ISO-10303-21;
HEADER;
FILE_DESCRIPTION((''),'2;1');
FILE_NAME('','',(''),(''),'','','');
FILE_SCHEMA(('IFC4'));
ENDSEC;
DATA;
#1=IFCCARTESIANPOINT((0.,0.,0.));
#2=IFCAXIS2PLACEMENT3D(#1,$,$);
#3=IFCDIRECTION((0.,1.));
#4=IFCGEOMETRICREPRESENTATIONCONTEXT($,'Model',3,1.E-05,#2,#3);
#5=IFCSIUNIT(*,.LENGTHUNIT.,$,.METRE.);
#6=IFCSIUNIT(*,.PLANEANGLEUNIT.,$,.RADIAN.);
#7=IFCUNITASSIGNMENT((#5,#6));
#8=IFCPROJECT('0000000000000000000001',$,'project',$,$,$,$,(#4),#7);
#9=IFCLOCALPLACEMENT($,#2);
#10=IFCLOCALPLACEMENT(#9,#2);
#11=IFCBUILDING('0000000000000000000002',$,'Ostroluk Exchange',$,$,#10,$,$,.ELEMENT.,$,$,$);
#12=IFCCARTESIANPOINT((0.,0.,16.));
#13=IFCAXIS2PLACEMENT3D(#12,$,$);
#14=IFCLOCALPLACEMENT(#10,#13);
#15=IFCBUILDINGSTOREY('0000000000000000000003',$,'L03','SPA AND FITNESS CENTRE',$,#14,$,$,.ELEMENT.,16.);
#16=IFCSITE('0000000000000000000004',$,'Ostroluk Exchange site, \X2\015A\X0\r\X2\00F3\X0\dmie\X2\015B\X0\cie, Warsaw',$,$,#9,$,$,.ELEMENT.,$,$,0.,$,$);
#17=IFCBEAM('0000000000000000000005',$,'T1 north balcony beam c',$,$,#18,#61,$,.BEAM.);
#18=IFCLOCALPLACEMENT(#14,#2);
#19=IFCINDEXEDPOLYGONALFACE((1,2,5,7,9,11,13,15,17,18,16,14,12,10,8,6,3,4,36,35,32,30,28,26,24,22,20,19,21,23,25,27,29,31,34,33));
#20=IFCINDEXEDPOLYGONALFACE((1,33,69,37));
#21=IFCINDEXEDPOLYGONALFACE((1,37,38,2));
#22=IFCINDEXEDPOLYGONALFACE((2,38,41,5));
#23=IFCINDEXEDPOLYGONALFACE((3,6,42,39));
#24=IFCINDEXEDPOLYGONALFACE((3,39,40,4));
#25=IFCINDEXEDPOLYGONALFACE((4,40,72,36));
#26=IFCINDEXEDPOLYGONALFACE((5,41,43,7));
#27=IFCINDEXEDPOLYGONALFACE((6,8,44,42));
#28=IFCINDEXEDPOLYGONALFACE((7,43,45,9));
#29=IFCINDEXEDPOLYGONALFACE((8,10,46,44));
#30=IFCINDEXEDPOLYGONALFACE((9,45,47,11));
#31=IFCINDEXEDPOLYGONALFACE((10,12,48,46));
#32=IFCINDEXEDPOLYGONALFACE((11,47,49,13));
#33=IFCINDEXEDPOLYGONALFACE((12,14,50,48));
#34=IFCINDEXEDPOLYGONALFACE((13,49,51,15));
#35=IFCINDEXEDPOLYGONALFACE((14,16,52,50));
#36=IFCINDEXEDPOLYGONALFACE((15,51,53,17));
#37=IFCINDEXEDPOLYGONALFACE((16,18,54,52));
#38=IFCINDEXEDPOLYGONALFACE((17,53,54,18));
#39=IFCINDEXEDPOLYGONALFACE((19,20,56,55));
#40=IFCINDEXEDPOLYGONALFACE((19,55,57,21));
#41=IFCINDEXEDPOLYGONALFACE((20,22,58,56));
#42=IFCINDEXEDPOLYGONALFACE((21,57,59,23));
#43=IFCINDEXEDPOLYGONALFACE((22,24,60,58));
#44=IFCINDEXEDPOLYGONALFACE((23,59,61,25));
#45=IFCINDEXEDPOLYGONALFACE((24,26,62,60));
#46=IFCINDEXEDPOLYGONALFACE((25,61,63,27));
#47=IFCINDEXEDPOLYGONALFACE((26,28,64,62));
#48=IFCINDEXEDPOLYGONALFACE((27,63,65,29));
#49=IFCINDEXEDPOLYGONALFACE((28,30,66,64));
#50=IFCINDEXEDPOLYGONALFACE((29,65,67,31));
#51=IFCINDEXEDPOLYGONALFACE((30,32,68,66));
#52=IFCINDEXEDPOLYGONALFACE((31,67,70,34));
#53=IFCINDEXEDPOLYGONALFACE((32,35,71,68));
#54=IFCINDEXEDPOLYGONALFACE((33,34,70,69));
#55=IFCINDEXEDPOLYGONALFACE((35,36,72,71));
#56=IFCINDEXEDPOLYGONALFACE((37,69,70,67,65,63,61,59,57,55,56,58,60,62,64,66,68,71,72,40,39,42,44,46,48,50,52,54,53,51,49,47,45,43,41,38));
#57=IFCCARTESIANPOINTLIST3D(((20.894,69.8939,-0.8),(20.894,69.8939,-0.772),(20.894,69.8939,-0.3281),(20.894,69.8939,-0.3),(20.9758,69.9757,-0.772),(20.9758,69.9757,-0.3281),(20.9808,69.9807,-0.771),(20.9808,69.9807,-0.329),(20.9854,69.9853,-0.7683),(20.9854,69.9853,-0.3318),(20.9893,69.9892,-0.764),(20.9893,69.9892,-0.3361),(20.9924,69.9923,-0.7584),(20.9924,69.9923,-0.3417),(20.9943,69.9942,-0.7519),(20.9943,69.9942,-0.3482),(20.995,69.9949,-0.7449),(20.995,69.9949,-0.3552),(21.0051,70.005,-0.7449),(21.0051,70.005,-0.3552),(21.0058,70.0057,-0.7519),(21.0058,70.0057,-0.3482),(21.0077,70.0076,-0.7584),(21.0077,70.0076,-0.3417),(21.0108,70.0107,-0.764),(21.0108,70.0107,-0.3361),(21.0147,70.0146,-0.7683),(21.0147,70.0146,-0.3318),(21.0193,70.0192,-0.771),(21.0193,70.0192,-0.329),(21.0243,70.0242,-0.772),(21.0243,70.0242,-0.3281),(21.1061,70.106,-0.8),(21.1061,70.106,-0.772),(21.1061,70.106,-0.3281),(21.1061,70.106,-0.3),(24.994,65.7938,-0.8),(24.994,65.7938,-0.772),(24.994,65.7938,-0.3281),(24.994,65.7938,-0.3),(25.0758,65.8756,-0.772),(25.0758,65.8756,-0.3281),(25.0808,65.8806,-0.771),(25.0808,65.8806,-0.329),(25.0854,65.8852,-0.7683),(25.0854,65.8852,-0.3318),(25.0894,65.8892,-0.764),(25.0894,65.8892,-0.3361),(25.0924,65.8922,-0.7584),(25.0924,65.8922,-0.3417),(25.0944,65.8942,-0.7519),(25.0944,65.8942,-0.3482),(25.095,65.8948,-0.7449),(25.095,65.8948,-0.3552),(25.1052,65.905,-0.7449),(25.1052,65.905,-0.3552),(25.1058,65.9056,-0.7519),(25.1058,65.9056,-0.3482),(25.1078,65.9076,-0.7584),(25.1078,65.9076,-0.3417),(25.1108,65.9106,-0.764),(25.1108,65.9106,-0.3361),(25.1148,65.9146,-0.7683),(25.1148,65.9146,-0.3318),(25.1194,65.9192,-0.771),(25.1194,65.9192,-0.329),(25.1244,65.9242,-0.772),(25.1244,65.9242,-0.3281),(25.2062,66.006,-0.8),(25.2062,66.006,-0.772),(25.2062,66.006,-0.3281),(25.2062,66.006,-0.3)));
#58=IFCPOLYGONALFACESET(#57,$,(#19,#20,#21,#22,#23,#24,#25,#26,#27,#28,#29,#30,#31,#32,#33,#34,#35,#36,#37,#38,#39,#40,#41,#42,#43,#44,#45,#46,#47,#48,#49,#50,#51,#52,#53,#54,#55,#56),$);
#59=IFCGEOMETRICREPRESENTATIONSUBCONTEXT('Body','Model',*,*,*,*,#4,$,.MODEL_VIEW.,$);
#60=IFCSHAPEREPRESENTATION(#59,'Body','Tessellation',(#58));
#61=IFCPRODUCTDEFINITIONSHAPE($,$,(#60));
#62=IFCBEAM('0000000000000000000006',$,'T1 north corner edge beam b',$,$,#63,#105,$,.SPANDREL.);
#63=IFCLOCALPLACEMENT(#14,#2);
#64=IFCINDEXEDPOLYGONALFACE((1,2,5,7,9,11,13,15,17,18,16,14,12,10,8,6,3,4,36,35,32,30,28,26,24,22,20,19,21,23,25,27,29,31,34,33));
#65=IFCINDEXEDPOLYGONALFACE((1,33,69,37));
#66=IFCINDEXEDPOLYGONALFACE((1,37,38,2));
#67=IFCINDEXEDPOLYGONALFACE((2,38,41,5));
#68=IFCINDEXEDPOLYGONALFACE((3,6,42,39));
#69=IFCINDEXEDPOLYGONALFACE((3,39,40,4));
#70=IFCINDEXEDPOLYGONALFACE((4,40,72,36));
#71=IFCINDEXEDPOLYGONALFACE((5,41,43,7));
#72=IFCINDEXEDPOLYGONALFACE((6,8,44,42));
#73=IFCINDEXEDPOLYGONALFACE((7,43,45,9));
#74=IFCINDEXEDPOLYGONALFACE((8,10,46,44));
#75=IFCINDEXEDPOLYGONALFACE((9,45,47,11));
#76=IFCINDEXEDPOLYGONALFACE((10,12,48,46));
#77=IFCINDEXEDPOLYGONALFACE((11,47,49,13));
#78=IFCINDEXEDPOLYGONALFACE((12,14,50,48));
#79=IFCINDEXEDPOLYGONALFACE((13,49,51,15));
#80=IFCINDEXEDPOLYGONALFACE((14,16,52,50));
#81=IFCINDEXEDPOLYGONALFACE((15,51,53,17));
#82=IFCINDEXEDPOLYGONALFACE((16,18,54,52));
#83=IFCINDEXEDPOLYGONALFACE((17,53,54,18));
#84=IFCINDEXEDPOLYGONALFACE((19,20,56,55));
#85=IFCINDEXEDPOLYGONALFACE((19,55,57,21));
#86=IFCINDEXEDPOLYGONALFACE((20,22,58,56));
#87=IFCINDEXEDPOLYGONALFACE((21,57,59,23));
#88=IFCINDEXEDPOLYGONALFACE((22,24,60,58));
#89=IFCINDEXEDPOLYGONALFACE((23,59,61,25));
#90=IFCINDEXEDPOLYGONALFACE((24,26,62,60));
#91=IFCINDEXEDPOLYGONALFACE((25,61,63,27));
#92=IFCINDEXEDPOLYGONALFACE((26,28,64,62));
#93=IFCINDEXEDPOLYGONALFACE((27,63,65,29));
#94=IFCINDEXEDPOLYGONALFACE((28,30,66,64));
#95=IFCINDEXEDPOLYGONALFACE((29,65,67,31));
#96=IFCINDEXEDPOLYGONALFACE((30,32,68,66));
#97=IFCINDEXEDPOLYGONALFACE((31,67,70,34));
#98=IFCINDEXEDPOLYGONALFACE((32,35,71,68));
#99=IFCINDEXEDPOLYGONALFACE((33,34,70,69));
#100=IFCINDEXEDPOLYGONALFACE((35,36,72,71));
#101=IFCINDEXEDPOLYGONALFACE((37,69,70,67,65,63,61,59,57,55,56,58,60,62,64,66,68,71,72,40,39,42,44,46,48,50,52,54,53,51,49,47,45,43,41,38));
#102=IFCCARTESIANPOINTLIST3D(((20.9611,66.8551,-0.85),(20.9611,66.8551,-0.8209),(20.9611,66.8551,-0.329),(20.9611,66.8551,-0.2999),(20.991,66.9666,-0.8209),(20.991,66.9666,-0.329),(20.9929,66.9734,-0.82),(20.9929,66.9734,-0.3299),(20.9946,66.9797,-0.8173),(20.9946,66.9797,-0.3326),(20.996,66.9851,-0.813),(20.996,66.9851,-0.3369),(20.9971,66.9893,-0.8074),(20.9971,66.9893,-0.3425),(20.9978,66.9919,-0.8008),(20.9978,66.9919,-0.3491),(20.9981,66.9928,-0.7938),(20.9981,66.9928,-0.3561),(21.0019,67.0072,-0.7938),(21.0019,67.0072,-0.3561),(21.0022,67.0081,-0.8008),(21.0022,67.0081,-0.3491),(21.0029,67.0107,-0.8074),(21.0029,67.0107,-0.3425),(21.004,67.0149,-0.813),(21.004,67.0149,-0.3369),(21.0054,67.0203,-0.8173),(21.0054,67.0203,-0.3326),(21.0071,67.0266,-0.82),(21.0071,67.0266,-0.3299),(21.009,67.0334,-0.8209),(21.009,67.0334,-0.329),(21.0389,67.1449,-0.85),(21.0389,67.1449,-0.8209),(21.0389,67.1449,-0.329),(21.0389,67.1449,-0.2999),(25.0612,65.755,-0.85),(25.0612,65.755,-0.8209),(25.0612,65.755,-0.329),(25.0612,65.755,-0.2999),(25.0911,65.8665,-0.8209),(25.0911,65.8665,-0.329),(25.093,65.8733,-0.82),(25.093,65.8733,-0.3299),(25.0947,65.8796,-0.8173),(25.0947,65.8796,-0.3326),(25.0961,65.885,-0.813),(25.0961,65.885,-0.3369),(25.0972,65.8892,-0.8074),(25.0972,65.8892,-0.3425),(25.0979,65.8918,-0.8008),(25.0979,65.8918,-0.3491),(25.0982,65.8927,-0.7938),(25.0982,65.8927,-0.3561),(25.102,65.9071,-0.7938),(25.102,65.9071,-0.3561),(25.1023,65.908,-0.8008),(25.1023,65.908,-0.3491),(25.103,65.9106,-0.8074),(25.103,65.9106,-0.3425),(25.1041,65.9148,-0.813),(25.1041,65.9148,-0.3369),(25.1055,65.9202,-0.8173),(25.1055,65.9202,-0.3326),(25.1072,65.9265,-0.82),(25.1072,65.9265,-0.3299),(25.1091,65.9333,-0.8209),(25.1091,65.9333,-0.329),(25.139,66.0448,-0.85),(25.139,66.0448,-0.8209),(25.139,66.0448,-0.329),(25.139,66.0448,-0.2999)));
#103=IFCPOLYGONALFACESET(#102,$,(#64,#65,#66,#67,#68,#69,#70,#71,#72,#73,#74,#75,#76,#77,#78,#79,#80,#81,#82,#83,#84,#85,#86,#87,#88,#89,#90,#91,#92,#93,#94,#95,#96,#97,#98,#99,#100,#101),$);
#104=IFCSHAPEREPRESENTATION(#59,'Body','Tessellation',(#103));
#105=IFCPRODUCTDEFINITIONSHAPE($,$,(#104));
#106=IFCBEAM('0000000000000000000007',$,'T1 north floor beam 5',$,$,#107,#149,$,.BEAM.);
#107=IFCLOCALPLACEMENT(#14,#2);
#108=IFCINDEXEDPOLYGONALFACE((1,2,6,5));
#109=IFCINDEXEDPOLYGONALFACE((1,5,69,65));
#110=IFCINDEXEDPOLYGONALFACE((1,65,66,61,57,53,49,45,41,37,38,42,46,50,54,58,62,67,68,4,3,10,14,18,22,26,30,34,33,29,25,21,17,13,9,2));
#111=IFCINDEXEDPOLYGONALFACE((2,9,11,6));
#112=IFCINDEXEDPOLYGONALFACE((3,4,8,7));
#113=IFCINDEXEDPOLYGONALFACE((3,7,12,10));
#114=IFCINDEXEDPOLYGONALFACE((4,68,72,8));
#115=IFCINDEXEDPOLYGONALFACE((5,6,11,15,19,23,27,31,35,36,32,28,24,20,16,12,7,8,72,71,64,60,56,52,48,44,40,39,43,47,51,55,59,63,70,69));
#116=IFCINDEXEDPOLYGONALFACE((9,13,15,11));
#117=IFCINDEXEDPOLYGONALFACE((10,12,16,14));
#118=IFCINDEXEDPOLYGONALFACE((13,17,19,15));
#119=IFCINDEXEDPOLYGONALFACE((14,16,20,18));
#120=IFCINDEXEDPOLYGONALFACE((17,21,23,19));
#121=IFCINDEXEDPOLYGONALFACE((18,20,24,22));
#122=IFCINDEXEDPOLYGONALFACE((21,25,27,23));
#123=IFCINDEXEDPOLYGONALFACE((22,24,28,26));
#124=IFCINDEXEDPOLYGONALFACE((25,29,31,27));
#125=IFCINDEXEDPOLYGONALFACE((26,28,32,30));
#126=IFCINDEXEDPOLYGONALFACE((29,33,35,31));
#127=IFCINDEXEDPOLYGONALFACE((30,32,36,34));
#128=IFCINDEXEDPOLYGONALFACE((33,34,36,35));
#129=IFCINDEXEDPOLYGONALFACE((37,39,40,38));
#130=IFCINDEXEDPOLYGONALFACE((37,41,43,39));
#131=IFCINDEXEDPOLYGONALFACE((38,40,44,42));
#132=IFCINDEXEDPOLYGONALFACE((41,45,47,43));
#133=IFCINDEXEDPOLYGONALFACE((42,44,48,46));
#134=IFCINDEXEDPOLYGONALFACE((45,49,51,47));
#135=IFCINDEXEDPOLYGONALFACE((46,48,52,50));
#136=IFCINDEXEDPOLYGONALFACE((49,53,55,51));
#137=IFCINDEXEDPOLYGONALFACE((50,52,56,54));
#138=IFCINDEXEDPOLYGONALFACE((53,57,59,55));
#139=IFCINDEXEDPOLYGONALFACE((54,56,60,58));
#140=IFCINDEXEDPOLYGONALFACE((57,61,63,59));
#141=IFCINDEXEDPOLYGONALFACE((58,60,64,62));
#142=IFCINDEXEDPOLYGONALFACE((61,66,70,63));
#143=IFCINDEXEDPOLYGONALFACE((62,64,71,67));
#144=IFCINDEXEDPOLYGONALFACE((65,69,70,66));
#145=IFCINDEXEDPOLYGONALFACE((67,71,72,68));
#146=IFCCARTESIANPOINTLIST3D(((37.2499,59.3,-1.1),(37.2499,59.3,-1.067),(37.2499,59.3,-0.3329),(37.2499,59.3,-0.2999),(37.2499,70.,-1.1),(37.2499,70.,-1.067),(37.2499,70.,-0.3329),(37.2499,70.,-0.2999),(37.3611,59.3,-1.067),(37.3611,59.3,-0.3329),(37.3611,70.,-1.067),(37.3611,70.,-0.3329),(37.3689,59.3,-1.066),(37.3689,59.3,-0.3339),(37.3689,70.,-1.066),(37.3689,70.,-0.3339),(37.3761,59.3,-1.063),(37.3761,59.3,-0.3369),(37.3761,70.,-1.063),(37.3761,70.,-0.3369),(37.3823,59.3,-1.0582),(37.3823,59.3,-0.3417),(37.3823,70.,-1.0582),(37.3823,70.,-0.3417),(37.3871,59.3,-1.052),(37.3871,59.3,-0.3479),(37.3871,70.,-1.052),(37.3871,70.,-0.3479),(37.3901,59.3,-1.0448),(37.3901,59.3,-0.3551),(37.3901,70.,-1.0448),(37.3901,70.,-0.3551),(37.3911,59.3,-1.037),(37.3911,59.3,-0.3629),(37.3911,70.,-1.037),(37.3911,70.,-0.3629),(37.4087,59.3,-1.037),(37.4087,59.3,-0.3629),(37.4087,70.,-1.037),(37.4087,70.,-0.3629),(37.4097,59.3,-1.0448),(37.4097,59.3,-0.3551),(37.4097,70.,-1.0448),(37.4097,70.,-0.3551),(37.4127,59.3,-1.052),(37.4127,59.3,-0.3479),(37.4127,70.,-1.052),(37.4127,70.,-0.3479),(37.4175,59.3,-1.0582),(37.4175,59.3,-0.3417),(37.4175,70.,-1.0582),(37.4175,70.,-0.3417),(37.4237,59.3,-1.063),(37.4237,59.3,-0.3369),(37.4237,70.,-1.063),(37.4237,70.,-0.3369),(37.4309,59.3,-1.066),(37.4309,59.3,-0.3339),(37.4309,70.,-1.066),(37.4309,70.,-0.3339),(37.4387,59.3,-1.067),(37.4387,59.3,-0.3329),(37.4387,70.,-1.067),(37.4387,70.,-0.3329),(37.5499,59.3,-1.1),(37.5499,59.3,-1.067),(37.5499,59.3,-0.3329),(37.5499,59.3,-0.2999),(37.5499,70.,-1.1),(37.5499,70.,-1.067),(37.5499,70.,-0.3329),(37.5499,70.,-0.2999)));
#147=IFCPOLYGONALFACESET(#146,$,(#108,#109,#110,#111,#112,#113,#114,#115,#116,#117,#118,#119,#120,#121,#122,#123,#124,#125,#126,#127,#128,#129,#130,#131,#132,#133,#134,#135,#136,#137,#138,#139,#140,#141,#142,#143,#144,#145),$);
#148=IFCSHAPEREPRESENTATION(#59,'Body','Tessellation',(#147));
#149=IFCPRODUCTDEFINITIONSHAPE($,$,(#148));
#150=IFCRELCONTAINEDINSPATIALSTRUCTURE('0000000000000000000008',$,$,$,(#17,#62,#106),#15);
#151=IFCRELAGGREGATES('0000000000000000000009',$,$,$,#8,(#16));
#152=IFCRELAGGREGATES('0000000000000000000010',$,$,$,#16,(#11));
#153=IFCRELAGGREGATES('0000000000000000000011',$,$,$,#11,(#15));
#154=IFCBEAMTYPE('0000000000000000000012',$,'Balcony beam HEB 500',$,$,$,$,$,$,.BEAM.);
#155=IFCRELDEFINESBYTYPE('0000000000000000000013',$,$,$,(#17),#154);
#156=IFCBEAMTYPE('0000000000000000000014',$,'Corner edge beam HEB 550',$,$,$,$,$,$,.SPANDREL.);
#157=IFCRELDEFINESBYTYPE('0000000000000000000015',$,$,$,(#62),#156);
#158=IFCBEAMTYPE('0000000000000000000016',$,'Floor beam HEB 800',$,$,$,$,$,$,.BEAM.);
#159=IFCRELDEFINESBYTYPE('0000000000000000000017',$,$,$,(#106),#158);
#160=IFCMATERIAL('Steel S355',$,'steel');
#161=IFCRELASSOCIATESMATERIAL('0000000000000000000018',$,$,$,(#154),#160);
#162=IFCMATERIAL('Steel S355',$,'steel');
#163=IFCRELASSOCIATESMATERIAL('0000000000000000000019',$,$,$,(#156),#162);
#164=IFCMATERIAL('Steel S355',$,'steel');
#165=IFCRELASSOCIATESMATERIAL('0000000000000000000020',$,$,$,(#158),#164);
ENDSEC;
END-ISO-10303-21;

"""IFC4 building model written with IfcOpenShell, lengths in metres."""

from ifc_helpers import new_model, si_unit, direction, frame, origin, origin_2d, place, context, subcontext, project, spatial, i_section, extrude, material, material_profile, profile_set, type_object, element, save


model = new_model("IFC4")

# Units and contexts
model_context = context("Model", 3, precision=1e-05, world=origin(), true_north=direction((0.0, 1.0)))
body_context = subcontext(model_context, "Body", "Model", "MODEL_VIEW")
ifc_project = project(units=[si_unit("LENGTHUNIT", "METRE"), si_unit("PLANEANGLEUNIT", "RADIAN")], contexts=[model_context])

# Site, building, storey
site_placement = place(None, origin())
site = spatial("IfcSite", under=ifc_project, at=site_placement, Name="Ostroluk Exchange site, Śródmieście, Warsaw", CompositionType="ELEMENT", RefElevation=0.0)
building_placement = place(site_placement, origin())
building = spatial("IfcBuilding", under=site, at=building_placement, Name="Ostroluk Exchange", CompositionType="ELEMENT")
storey_placement = place(building_placement, frame((0.0, 0.0, 16.0)))
storey = spatial("IfcBuildingStorey", under=building, at=storey_placement, Name="L03", Description="SPA AND FITNESS CENTRE", CompositionType="ELEMENT", Elevation=16.0)

# Beams
ifc_material_1 = material(Name="Steel S355", Category="steel")
ifc_material_profile_1 = material_profile(ifc_material_1, i_section(OverallWidth=0.3, OverallDepth=0.5, WebThickness=0.0144, FlangeThickness=0.0281, FilletRadius=0.0271, at=origin_2d()), Name="HEB 500")
ifc_profile_set_1 = profile_set([ifc_material_profile_1], Name="Steel S355")
beam_type_1 = type_object("IfcBeamType", Name="Balcony beam HEB 500", PredefinedType="BEAM", material=ifc_profile_set_1)
beam_1_placement = place(storey_placement, frame((25.1001, 65.8999, -0.55), z_axis=(-0.707107, 0.707107, 0.0), x_axis=(-0.707107, -0.707107, 0.0)))
element("IfcBeam", 1, at=beam_1_placement, inside=storey, type_object=beam_type_1, Name="T1 north balcony beam c", PredefinedType="BEAM", context=body_context, shape_type="SweptSolid", body=[
    extrude(i_section(OverallWidth=0.3, OverallDepth=0.5, WebThickness=0.0144, FlangeThickness=0.0281, FilletRadius=0.0271, at=origin_2d()), origin(), (0.0, 0.0, 1.0), 5.7983),
])
ifc_material_2 = material(Name="Steel S355", Category="steel")
ifc_material_profile_2 = material_profile(ifc_material_2, i_section(OverallWidth=0.3, OverallDepth=0.55, WebThickness=0.0149, FlangeThickness=0.0291, FilletRadius=0.0271, at=origin_2d()), Name="HEB 550")
ifc_profile_set_2 = profile_set([ifc_material_profile_2], Name="Steel S355")
beam_type_2 = type_object("IfcBeamType", Name="Corner edge beam HEB 550", PredefinedType="SPANDREL", material=ifc_profile_set_2)
beam_2_placement = place(storey_placement, frame((25.1001, 65.8999, -0.575), z_axis=(-0.965839, 0.259144, 0.0), x_axis=(-0.259144, -0.965839, 0.0)))
element("IfcBeam", 2, at=beam_2_placement, inside=storey, type_object=beam_type_2, Name="T1 north corner edge beam b", PredefinedType="SPANDREL", context=body_context, shape_type="SweptSolid", body=[
    extrude(i_section(OverallWidth=0.3, OverallDepth=0.55, WebThickness=0.0149, FlangeThickness=0.0291, FilletRadius=0.0271, at=origin_2d()), origin(), (0.0, 0.0, 1.0), 4.2451),
])
ifc_material_3 = material(Name="Steel S355", Category="steel")
ifc_material_profile_3 = material_profile(ifc_material_3, i_section(OverallWidth=0.3, OverallDepth=0.8, WebThickness=0.0176, FlangeThickness=0.033, FilletRadius=0.03, at=origin_2d()), Name="HEB 800")
ifc_profile_set_3 = profile_set([ifc_material_profile_3], Name="Steel S355")
beam_type_3 = type_object("IfcBeamType", Name="Floor beam HEB 800", PredefinedType="BEAM", material=ifc_profile_set_3)
beam_3_placement = place(storey_placement, frame((37.3999, 59.3, -0.7), z_axis=(0.0, 1.0, 0.0), x_axis=(-1.0, 0.0, 0.0)))
element("IfcBeam", 3, at=beam_3_placement, inside=storey, type_object=beam_type_3, Name="T1 north floor beam 5", PredefinedType="BEAM", context=body_context, shape_type="SweptSolid", body=[
    extrude(i_section(OverallWidth=0.3, OverallDepth=0.8, WebThickness=0.0176, FlangeThickness=0.033, FilletRadius=0.03, at=origin_2d()), origin(), (0.0, 0.0, 1.0), 10.7),
])

save(model, "model.ifc")
